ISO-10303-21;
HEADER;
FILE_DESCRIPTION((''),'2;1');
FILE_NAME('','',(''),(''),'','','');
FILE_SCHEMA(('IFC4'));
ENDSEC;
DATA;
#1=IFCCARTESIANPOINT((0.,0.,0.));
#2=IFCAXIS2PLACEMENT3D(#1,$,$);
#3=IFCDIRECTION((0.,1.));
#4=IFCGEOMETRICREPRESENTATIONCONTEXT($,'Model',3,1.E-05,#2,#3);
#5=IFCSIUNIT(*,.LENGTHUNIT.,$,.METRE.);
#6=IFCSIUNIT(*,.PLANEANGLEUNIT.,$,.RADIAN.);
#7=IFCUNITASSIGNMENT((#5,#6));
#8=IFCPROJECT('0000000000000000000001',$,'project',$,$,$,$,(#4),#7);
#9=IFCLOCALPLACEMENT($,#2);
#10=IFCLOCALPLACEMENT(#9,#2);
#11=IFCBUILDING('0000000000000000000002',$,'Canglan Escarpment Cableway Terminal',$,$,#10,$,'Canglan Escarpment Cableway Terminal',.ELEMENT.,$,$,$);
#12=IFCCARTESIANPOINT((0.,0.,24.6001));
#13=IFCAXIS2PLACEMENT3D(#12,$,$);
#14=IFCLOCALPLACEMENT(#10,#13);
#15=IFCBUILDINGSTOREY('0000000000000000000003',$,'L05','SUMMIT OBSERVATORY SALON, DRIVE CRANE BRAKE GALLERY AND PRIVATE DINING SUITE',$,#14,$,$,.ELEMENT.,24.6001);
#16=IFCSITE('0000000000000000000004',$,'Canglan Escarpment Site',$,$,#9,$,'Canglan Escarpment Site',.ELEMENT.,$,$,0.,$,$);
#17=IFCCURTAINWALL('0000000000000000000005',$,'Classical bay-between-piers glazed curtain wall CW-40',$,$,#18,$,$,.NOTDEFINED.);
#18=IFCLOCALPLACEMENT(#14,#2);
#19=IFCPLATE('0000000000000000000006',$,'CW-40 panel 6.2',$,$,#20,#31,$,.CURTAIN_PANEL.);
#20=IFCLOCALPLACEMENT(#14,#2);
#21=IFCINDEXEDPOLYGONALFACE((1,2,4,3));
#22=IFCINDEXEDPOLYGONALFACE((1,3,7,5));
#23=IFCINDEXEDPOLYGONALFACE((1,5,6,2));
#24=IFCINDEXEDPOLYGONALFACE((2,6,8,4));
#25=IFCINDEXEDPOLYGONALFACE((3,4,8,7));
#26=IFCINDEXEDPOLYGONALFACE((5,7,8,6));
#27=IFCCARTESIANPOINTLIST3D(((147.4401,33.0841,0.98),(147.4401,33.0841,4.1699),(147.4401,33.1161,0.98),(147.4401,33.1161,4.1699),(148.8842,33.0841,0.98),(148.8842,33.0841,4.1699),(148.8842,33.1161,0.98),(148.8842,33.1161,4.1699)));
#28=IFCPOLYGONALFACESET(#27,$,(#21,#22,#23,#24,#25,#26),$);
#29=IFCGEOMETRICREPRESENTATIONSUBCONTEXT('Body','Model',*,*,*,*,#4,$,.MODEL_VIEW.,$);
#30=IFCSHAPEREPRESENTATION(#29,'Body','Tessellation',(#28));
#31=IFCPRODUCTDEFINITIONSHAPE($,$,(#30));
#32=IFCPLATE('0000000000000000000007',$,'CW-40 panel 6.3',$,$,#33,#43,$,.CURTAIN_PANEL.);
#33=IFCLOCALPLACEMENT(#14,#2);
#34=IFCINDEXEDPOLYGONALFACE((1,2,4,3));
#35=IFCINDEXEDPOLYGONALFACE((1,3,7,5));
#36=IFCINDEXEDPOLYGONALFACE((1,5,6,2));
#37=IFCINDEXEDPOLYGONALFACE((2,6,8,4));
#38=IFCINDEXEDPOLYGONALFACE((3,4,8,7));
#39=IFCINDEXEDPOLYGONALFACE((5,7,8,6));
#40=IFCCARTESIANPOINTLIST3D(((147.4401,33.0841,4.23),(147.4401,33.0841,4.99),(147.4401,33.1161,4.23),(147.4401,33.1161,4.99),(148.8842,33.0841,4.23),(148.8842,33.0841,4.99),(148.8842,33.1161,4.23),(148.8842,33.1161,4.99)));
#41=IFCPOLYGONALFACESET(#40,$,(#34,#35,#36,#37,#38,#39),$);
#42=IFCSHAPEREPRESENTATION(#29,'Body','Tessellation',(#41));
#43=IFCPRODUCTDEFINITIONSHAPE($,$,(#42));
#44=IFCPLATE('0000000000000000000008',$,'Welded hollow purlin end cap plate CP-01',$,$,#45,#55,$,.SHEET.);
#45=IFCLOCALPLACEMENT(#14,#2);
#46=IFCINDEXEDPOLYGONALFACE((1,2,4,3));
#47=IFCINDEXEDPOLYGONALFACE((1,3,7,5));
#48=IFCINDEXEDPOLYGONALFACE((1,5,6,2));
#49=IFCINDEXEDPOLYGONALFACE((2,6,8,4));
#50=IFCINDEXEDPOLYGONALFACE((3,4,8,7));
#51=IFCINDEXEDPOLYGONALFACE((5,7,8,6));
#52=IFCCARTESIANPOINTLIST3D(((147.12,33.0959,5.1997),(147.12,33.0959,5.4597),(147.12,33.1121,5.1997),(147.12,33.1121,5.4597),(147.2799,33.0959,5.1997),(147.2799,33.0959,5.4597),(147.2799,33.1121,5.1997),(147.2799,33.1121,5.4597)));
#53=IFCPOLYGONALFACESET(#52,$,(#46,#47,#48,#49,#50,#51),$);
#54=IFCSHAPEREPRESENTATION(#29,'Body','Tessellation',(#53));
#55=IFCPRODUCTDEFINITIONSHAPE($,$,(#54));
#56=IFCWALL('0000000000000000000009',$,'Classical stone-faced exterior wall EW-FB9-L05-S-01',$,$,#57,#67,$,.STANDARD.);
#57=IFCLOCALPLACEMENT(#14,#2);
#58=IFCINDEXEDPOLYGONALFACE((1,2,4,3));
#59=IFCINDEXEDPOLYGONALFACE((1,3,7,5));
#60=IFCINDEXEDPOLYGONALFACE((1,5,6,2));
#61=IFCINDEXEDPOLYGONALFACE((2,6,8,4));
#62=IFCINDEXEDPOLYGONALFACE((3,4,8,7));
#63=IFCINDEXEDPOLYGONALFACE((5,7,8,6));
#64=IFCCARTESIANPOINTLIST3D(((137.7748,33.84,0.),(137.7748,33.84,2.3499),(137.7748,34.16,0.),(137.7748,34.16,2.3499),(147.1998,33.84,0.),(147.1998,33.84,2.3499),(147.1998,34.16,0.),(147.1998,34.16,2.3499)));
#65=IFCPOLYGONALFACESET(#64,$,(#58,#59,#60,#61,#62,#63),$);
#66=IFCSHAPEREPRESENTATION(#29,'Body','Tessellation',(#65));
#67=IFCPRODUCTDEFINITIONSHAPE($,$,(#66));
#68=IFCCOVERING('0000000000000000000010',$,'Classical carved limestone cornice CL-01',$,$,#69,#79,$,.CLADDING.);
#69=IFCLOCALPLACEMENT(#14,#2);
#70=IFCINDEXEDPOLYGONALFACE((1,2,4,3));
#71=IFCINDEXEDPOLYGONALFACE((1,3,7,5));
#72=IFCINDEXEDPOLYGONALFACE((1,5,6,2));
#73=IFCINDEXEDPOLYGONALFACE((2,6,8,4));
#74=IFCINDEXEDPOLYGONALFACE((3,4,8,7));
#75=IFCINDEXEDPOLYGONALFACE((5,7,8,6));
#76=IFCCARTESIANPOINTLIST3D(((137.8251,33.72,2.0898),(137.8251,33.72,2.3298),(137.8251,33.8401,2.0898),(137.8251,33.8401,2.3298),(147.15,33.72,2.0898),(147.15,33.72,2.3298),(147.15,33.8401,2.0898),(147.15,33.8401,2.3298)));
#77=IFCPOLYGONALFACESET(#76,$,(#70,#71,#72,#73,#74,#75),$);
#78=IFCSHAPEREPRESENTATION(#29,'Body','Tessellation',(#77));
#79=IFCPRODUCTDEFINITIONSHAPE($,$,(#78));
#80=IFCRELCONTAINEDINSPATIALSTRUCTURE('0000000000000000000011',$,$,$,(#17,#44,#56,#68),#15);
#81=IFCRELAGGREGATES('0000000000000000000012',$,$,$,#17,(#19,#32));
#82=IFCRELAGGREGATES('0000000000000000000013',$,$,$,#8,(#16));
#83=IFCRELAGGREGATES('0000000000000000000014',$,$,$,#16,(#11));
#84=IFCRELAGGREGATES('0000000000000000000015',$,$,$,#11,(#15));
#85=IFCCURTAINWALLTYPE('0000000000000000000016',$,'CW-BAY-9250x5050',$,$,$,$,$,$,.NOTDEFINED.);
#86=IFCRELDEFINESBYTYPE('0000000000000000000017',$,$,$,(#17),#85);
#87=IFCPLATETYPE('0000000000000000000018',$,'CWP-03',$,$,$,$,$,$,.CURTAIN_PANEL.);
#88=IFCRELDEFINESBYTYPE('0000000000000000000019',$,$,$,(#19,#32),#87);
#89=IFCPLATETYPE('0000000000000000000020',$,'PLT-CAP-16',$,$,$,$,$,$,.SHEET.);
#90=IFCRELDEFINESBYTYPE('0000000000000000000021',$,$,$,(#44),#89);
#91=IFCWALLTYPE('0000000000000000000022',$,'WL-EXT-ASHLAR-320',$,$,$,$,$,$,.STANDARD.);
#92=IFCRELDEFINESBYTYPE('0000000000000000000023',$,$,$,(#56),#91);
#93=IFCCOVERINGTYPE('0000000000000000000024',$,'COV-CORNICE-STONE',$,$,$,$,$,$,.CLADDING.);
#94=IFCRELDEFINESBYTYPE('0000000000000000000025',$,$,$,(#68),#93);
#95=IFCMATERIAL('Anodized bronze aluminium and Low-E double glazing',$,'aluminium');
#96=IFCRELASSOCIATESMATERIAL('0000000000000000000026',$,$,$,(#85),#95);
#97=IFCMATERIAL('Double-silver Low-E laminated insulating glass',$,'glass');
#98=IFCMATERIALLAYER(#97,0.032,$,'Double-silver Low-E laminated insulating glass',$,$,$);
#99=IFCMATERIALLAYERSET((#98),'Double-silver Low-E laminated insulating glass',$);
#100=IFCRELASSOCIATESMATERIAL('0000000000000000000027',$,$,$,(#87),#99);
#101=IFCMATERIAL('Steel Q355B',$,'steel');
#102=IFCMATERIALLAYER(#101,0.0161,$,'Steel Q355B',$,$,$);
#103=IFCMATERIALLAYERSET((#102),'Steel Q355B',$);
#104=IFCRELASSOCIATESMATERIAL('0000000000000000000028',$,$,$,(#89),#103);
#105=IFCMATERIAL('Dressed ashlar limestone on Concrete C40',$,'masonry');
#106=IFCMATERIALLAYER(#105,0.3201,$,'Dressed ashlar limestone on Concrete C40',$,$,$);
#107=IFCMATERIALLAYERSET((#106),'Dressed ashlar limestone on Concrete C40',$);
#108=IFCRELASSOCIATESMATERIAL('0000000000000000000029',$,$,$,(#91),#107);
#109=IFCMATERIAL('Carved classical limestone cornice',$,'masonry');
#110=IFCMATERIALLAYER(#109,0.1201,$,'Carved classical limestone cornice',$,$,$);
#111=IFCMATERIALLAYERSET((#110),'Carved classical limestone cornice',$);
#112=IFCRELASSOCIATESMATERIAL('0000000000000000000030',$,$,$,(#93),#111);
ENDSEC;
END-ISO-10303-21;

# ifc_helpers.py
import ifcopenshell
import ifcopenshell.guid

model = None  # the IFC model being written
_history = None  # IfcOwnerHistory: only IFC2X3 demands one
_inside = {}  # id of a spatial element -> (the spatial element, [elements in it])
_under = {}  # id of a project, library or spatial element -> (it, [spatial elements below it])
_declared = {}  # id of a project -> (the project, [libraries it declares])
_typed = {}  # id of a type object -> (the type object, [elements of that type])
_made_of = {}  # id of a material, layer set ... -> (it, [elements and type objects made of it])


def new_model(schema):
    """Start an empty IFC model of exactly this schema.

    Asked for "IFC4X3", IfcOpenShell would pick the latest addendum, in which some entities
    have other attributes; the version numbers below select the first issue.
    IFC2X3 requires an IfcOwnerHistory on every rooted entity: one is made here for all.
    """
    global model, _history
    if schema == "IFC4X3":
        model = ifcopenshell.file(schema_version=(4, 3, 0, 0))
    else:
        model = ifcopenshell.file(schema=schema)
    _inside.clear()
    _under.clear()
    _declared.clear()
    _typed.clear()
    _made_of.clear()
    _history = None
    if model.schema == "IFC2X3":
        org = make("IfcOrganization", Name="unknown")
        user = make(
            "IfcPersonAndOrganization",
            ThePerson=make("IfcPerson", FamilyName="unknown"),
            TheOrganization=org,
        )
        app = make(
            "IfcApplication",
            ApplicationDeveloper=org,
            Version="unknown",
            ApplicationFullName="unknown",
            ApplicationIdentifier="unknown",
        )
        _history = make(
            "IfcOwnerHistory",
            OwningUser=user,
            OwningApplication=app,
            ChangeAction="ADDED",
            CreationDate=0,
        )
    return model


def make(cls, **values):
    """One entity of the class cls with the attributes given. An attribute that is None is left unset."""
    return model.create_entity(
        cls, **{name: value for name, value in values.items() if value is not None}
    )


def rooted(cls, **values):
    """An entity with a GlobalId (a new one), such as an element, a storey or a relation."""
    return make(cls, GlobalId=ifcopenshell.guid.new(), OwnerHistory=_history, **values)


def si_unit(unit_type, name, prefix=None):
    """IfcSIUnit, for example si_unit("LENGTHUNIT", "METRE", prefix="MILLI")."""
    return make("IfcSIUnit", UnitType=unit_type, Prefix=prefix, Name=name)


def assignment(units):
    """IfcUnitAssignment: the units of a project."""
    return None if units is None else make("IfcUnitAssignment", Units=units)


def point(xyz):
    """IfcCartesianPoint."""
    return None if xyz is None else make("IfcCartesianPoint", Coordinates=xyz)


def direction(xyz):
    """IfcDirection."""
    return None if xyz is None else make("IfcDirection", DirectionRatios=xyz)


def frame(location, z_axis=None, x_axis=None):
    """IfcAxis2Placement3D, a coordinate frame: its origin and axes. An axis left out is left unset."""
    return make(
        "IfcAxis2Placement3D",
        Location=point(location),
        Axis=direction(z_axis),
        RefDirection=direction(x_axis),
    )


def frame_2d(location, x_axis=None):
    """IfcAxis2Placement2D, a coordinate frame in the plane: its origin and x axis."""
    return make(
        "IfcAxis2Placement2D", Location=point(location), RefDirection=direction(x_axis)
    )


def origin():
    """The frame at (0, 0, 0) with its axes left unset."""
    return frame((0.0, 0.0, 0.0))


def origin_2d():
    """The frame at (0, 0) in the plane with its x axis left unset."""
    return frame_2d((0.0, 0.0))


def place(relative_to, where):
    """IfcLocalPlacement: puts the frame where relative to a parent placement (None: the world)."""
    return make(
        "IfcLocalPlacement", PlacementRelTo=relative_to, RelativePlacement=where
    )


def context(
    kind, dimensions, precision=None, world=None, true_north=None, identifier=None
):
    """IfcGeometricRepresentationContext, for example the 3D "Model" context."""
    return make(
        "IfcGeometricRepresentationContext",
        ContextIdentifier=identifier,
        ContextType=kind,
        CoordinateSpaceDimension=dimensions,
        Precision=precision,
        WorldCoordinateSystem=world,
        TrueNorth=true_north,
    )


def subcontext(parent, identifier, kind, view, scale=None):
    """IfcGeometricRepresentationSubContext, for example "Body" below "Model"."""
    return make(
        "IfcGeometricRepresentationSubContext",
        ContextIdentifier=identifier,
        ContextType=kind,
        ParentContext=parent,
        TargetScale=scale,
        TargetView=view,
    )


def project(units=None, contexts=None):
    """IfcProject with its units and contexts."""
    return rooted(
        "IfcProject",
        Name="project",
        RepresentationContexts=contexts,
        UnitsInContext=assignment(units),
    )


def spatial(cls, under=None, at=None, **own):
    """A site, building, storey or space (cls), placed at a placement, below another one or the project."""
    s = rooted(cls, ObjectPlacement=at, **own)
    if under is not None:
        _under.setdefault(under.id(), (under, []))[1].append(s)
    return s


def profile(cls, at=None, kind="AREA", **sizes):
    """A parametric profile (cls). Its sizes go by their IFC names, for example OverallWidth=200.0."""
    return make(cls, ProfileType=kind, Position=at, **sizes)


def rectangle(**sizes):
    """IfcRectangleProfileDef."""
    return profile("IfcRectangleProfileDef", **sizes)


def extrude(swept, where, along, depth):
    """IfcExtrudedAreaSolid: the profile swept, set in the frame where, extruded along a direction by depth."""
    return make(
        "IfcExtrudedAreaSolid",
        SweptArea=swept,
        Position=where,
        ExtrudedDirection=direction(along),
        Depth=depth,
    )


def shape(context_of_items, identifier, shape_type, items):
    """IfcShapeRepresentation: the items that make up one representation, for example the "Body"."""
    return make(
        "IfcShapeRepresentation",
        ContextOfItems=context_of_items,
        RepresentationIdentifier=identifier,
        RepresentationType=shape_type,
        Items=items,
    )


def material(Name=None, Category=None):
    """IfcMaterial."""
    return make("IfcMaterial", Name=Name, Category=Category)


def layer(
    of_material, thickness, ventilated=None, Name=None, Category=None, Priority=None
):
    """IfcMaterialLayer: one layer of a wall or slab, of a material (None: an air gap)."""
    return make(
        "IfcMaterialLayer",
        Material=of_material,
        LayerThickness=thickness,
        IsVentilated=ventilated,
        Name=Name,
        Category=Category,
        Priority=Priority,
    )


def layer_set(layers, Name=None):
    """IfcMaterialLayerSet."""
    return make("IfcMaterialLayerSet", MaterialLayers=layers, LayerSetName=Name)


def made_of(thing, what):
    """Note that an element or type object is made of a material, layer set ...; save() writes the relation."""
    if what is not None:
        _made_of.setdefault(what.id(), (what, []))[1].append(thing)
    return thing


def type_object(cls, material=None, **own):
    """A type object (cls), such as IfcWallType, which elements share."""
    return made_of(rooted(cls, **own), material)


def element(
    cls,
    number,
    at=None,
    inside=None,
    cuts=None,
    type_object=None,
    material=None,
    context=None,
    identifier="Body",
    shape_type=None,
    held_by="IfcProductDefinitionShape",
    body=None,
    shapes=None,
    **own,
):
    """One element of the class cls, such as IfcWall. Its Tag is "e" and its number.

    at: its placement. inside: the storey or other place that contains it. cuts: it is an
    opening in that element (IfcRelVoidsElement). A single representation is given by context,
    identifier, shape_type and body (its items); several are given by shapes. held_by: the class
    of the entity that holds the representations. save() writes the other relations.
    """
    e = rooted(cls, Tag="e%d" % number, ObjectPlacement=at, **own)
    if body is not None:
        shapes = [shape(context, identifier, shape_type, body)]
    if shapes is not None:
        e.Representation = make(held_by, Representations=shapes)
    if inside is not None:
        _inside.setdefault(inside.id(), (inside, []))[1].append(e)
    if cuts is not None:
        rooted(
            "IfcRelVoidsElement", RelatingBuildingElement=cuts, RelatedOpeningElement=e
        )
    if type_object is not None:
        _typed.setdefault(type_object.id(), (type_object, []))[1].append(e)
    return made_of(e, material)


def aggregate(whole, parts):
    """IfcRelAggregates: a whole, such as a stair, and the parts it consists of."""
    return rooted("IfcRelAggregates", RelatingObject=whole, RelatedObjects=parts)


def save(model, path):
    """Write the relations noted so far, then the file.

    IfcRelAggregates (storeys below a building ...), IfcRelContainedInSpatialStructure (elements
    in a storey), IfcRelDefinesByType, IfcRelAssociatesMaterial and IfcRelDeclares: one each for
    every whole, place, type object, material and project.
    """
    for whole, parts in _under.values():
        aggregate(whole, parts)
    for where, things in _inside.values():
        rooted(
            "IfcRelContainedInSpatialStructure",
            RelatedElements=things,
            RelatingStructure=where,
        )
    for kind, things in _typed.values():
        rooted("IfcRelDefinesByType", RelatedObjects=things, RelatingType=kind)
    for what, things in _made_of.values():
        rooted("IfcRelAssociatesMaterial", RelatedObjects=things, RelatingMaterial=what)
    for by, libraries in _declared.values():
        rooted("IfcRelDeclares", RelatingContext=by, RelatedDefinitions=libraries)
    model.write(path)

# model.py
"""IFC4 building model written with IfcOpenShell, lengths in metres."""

from ifc_helpers import new_model, si_unit, direction, frame, frame_2d, origin, origin_2d, place, context, subcontext, project, spatial, rectangle, extrude, material, layer, layer_set, type_object, element, aggregate, save


model = new_model("IFC4")

# Units and contexts
model_context = context("Model", 3, precision=1e-05, world=origin(), true_north=direction((0.0, 1.0)))
body_context = subcontext(model_context, "Body", "Model", "MODEL_VIEW")
ifc_project = project(units=[si_unit("LENGTHUNIT", "METRE"), si_unit("PLANEANGLEUNIT", "RADIAN")], contexts=[model_context])

# Site, building, storey
site_placement = place(None, origin())
site = spatial("IfcSite", under=ifc_project, at=site_placement, Name="Canglan Escarpment Site", LongName="Canglan Escarpment Site", CompositionType="ELEMENT", RefElevation=0.0)
building_placement = place(site_placement, origin())
building = spatial("IfcBuilding", under=site, at=building_placement, Name="Canglan Escarpment Cableway Terminal", LongName="Canglan Escarpment Cableway Terminal", CompositionType="ELEMENT")
storey_placement = place(building_placement, frame((0.0, 0.0, 24.6001)))
storey = spatial("IfcBuildingStorey", under=building, at=storey_placement, Name="L05", Description="SUMMIT OBSERVATORY SALON, DRIVE CRANE BRAKE GALLERY AND PRIVATE DINING SUITE", CompositionType="ELEMENT", Elevation=24.6001)

# Shared definitions
ifc_material_1 = material(Name="Steel Q355B", Category="steel")

# Curtain wall
ifc_material_2 = material(Name="Anodized bronze aluminium and Low-E double glazing", Category="aluminium")
curtain_wall_type = type_object("IfcCurtainWallType", Name="CW-BAY-9250x5050", PredefinedType="NOTDEFINED", material=ifc_material_2)
curtain_wall_placement = place(storey_placement, origin())
curtain_wall = element("IfcCurtainWall", 1, at=curtain_wall_placement, inside=storey, type_object=curtain_wall_type, Name="Classical bay-between-piers glazed curtain wall CW-40", PredefinedType="NOTDEFINED")

# Plates
ifc_material_3 = material(Name="Double-silver Low-E laminated insulating glass", Category="glass")
ifc_layer_1 = layer(ifc_material_3, 0.032, Name="Double-silver Low-E laminated insulating glass")
ifc_layer_set_1 = layer_set([ifc_layer_1], Name="Double-silver Low-E laminated insulating glass")
plate_type_1 = type_object("IfcPlateType", Name="CWP-03", PredefinedType="CURTAIN_PANEL", material=ifc_layer_set_1)
plate_1_placement = place(storey_placement, frame((148.1621, 33.1001, 0.98), z_axis=(0.0, 0.0, 1.0), x_axis=(-1.0, 0.0, 0.0)))
plate_1 = element("IfcPlate", 2, at=plate_1_placement, type_object=plate_type_1, Name="CW-40 panel 6.2", PredefinedType="CURTAIN_PANEL", context=body_context, shape_type="SweptSolid", body=[
    extrude(rectangle(XDim=1.4441, YDim=0.032, at=origin_2d()), origin(), (0.0, 0.0, 1.0), 3.1899),
])
plate_2_placement = place(storey_placement, frame((148.1621, 33.1001, 4.23), z_axis=(0.0, 0.0, 1.0), x_axis=(-1.0, 0.0, 0.0)))
plate_2 = element("IfcPlate", 3, at=plate_2_placement, type_object=plate_type_1, Name="CW-40 panel 6.3", PredefinedType="CURTAIN_PANEL", context=body_context, shape_type="SweptSolid", body=[
    extrude(rectangle(XDim=1.4441, YDim=0.032, at=origin_2d()), origin(), (0.0, 0.0, 1.0), 0.76),
])
aggregate(curtain_wall, [plate_1, plate_2])
ifc_layer_2 = layer(ifc_material_1, 0.0161, Name="Steel Q355B")
ifc_layer_set_2 = layer_set([ifc_layer_2], Name="Steel Q355B")
plate_type_2 = type_object("IfcPlateType", Name="PLT-CAP-16", PredefinedType="SHEET", material=ifc_layer_set_2)
plate_3_placement = place(storey_placement, frame((147.2, 33.104, 5.1997), z_axis=(0.0, 0.0, 1.0), x_axis=(1.0, 0.0, 0.0)))
element("IfcPlate", 4, at=plate_3_placement, inside=storey, type_object=plate_type_2, Name="Welded hollow purlin end cap plate CP-01", PredefinedType="SHEET", context=body_context, shape_type="SweptSolid", body=[
    extrude(rectangle(XDim=0.1599, YDim=0.0161, at=origin_2d()), origin(), (0.0, 0.0, 1.0), 0.26),
])

# Wall
ifc_material_4 = material(Name="Dressed ashlar limestone on Concrete C40", Category="masonry")
ifc_layer_3 = layer(ifc_material_4, 0.3201, Name="Dressed ashlar limestone on Concrete C40")
ifc_layer_set_3 = layer_set([ifc_layer_3], Name="Dressed ashlar limestone on Concrete C40")
wall_type = type_object("IfcWallType", Name="WL-EXT-ASHLAR-320", PredefinedType="STANDARD", material=ifc_layer_set_3)
wall_placement = place(storey_placement, frame((137.7749, 34.0, 0.0), z_axis=(0.0, 0.0, 1.0), x_axis=(1.0, 0.0, 0.0)))
element("IfcWall", 5, at=wall_placement, inside=storey, type_object=wall_type, Name="Classical stone-faced exterior wall EW-FB9-L05-S-01", PredefinedType="STANDARD", context=body_context, shape_type="SweptSolid", body=[
    extrude(rectangle(XDim=9.425, YDim=0.3201, at=frame_2d((4.7124, 0.0))), origin(), (0.0, 0.0, 1.0), 2.3499),
])

# Covering
ifc_material_5 = material(Name="Carved classical limestone cornice", Category="masonry")
ifc_layer_4 = layer(ifc_material_5, 0.1201, Name="Carved classical limestone cornice")
ifc_layer_set_4 = layer_set([ifc_layer_4], Name="Carved classical limestone cornice")
covering_type = type_object("IfcCoveringType", Name="COV-CORNICE-STONE", PredefinedType="CLADDING", material=ifc_layer_set_4)
covering_placement = place(storey_placement, frame((142.4875, 33.78, 2.0898), z_axis=(0.0, 0.0, 1.0), x_axis=(1.0, 0.0, 0.0)))
element("IfcCovering", 6, at=covering_placement, inside=storey, type_object=covering_type, Name="Classical carved limestone cornice CL-01", PredefinedType="CLADDING", context=body_context, shape_type="SweptSolid", body=[
    extrude(rectangle(XDim=9.325, YDim=0.1201, at=origin_2d()), origin(), (0.0, 0.0, 1.0), 0.24),
])

save(model, "model.ifc")
